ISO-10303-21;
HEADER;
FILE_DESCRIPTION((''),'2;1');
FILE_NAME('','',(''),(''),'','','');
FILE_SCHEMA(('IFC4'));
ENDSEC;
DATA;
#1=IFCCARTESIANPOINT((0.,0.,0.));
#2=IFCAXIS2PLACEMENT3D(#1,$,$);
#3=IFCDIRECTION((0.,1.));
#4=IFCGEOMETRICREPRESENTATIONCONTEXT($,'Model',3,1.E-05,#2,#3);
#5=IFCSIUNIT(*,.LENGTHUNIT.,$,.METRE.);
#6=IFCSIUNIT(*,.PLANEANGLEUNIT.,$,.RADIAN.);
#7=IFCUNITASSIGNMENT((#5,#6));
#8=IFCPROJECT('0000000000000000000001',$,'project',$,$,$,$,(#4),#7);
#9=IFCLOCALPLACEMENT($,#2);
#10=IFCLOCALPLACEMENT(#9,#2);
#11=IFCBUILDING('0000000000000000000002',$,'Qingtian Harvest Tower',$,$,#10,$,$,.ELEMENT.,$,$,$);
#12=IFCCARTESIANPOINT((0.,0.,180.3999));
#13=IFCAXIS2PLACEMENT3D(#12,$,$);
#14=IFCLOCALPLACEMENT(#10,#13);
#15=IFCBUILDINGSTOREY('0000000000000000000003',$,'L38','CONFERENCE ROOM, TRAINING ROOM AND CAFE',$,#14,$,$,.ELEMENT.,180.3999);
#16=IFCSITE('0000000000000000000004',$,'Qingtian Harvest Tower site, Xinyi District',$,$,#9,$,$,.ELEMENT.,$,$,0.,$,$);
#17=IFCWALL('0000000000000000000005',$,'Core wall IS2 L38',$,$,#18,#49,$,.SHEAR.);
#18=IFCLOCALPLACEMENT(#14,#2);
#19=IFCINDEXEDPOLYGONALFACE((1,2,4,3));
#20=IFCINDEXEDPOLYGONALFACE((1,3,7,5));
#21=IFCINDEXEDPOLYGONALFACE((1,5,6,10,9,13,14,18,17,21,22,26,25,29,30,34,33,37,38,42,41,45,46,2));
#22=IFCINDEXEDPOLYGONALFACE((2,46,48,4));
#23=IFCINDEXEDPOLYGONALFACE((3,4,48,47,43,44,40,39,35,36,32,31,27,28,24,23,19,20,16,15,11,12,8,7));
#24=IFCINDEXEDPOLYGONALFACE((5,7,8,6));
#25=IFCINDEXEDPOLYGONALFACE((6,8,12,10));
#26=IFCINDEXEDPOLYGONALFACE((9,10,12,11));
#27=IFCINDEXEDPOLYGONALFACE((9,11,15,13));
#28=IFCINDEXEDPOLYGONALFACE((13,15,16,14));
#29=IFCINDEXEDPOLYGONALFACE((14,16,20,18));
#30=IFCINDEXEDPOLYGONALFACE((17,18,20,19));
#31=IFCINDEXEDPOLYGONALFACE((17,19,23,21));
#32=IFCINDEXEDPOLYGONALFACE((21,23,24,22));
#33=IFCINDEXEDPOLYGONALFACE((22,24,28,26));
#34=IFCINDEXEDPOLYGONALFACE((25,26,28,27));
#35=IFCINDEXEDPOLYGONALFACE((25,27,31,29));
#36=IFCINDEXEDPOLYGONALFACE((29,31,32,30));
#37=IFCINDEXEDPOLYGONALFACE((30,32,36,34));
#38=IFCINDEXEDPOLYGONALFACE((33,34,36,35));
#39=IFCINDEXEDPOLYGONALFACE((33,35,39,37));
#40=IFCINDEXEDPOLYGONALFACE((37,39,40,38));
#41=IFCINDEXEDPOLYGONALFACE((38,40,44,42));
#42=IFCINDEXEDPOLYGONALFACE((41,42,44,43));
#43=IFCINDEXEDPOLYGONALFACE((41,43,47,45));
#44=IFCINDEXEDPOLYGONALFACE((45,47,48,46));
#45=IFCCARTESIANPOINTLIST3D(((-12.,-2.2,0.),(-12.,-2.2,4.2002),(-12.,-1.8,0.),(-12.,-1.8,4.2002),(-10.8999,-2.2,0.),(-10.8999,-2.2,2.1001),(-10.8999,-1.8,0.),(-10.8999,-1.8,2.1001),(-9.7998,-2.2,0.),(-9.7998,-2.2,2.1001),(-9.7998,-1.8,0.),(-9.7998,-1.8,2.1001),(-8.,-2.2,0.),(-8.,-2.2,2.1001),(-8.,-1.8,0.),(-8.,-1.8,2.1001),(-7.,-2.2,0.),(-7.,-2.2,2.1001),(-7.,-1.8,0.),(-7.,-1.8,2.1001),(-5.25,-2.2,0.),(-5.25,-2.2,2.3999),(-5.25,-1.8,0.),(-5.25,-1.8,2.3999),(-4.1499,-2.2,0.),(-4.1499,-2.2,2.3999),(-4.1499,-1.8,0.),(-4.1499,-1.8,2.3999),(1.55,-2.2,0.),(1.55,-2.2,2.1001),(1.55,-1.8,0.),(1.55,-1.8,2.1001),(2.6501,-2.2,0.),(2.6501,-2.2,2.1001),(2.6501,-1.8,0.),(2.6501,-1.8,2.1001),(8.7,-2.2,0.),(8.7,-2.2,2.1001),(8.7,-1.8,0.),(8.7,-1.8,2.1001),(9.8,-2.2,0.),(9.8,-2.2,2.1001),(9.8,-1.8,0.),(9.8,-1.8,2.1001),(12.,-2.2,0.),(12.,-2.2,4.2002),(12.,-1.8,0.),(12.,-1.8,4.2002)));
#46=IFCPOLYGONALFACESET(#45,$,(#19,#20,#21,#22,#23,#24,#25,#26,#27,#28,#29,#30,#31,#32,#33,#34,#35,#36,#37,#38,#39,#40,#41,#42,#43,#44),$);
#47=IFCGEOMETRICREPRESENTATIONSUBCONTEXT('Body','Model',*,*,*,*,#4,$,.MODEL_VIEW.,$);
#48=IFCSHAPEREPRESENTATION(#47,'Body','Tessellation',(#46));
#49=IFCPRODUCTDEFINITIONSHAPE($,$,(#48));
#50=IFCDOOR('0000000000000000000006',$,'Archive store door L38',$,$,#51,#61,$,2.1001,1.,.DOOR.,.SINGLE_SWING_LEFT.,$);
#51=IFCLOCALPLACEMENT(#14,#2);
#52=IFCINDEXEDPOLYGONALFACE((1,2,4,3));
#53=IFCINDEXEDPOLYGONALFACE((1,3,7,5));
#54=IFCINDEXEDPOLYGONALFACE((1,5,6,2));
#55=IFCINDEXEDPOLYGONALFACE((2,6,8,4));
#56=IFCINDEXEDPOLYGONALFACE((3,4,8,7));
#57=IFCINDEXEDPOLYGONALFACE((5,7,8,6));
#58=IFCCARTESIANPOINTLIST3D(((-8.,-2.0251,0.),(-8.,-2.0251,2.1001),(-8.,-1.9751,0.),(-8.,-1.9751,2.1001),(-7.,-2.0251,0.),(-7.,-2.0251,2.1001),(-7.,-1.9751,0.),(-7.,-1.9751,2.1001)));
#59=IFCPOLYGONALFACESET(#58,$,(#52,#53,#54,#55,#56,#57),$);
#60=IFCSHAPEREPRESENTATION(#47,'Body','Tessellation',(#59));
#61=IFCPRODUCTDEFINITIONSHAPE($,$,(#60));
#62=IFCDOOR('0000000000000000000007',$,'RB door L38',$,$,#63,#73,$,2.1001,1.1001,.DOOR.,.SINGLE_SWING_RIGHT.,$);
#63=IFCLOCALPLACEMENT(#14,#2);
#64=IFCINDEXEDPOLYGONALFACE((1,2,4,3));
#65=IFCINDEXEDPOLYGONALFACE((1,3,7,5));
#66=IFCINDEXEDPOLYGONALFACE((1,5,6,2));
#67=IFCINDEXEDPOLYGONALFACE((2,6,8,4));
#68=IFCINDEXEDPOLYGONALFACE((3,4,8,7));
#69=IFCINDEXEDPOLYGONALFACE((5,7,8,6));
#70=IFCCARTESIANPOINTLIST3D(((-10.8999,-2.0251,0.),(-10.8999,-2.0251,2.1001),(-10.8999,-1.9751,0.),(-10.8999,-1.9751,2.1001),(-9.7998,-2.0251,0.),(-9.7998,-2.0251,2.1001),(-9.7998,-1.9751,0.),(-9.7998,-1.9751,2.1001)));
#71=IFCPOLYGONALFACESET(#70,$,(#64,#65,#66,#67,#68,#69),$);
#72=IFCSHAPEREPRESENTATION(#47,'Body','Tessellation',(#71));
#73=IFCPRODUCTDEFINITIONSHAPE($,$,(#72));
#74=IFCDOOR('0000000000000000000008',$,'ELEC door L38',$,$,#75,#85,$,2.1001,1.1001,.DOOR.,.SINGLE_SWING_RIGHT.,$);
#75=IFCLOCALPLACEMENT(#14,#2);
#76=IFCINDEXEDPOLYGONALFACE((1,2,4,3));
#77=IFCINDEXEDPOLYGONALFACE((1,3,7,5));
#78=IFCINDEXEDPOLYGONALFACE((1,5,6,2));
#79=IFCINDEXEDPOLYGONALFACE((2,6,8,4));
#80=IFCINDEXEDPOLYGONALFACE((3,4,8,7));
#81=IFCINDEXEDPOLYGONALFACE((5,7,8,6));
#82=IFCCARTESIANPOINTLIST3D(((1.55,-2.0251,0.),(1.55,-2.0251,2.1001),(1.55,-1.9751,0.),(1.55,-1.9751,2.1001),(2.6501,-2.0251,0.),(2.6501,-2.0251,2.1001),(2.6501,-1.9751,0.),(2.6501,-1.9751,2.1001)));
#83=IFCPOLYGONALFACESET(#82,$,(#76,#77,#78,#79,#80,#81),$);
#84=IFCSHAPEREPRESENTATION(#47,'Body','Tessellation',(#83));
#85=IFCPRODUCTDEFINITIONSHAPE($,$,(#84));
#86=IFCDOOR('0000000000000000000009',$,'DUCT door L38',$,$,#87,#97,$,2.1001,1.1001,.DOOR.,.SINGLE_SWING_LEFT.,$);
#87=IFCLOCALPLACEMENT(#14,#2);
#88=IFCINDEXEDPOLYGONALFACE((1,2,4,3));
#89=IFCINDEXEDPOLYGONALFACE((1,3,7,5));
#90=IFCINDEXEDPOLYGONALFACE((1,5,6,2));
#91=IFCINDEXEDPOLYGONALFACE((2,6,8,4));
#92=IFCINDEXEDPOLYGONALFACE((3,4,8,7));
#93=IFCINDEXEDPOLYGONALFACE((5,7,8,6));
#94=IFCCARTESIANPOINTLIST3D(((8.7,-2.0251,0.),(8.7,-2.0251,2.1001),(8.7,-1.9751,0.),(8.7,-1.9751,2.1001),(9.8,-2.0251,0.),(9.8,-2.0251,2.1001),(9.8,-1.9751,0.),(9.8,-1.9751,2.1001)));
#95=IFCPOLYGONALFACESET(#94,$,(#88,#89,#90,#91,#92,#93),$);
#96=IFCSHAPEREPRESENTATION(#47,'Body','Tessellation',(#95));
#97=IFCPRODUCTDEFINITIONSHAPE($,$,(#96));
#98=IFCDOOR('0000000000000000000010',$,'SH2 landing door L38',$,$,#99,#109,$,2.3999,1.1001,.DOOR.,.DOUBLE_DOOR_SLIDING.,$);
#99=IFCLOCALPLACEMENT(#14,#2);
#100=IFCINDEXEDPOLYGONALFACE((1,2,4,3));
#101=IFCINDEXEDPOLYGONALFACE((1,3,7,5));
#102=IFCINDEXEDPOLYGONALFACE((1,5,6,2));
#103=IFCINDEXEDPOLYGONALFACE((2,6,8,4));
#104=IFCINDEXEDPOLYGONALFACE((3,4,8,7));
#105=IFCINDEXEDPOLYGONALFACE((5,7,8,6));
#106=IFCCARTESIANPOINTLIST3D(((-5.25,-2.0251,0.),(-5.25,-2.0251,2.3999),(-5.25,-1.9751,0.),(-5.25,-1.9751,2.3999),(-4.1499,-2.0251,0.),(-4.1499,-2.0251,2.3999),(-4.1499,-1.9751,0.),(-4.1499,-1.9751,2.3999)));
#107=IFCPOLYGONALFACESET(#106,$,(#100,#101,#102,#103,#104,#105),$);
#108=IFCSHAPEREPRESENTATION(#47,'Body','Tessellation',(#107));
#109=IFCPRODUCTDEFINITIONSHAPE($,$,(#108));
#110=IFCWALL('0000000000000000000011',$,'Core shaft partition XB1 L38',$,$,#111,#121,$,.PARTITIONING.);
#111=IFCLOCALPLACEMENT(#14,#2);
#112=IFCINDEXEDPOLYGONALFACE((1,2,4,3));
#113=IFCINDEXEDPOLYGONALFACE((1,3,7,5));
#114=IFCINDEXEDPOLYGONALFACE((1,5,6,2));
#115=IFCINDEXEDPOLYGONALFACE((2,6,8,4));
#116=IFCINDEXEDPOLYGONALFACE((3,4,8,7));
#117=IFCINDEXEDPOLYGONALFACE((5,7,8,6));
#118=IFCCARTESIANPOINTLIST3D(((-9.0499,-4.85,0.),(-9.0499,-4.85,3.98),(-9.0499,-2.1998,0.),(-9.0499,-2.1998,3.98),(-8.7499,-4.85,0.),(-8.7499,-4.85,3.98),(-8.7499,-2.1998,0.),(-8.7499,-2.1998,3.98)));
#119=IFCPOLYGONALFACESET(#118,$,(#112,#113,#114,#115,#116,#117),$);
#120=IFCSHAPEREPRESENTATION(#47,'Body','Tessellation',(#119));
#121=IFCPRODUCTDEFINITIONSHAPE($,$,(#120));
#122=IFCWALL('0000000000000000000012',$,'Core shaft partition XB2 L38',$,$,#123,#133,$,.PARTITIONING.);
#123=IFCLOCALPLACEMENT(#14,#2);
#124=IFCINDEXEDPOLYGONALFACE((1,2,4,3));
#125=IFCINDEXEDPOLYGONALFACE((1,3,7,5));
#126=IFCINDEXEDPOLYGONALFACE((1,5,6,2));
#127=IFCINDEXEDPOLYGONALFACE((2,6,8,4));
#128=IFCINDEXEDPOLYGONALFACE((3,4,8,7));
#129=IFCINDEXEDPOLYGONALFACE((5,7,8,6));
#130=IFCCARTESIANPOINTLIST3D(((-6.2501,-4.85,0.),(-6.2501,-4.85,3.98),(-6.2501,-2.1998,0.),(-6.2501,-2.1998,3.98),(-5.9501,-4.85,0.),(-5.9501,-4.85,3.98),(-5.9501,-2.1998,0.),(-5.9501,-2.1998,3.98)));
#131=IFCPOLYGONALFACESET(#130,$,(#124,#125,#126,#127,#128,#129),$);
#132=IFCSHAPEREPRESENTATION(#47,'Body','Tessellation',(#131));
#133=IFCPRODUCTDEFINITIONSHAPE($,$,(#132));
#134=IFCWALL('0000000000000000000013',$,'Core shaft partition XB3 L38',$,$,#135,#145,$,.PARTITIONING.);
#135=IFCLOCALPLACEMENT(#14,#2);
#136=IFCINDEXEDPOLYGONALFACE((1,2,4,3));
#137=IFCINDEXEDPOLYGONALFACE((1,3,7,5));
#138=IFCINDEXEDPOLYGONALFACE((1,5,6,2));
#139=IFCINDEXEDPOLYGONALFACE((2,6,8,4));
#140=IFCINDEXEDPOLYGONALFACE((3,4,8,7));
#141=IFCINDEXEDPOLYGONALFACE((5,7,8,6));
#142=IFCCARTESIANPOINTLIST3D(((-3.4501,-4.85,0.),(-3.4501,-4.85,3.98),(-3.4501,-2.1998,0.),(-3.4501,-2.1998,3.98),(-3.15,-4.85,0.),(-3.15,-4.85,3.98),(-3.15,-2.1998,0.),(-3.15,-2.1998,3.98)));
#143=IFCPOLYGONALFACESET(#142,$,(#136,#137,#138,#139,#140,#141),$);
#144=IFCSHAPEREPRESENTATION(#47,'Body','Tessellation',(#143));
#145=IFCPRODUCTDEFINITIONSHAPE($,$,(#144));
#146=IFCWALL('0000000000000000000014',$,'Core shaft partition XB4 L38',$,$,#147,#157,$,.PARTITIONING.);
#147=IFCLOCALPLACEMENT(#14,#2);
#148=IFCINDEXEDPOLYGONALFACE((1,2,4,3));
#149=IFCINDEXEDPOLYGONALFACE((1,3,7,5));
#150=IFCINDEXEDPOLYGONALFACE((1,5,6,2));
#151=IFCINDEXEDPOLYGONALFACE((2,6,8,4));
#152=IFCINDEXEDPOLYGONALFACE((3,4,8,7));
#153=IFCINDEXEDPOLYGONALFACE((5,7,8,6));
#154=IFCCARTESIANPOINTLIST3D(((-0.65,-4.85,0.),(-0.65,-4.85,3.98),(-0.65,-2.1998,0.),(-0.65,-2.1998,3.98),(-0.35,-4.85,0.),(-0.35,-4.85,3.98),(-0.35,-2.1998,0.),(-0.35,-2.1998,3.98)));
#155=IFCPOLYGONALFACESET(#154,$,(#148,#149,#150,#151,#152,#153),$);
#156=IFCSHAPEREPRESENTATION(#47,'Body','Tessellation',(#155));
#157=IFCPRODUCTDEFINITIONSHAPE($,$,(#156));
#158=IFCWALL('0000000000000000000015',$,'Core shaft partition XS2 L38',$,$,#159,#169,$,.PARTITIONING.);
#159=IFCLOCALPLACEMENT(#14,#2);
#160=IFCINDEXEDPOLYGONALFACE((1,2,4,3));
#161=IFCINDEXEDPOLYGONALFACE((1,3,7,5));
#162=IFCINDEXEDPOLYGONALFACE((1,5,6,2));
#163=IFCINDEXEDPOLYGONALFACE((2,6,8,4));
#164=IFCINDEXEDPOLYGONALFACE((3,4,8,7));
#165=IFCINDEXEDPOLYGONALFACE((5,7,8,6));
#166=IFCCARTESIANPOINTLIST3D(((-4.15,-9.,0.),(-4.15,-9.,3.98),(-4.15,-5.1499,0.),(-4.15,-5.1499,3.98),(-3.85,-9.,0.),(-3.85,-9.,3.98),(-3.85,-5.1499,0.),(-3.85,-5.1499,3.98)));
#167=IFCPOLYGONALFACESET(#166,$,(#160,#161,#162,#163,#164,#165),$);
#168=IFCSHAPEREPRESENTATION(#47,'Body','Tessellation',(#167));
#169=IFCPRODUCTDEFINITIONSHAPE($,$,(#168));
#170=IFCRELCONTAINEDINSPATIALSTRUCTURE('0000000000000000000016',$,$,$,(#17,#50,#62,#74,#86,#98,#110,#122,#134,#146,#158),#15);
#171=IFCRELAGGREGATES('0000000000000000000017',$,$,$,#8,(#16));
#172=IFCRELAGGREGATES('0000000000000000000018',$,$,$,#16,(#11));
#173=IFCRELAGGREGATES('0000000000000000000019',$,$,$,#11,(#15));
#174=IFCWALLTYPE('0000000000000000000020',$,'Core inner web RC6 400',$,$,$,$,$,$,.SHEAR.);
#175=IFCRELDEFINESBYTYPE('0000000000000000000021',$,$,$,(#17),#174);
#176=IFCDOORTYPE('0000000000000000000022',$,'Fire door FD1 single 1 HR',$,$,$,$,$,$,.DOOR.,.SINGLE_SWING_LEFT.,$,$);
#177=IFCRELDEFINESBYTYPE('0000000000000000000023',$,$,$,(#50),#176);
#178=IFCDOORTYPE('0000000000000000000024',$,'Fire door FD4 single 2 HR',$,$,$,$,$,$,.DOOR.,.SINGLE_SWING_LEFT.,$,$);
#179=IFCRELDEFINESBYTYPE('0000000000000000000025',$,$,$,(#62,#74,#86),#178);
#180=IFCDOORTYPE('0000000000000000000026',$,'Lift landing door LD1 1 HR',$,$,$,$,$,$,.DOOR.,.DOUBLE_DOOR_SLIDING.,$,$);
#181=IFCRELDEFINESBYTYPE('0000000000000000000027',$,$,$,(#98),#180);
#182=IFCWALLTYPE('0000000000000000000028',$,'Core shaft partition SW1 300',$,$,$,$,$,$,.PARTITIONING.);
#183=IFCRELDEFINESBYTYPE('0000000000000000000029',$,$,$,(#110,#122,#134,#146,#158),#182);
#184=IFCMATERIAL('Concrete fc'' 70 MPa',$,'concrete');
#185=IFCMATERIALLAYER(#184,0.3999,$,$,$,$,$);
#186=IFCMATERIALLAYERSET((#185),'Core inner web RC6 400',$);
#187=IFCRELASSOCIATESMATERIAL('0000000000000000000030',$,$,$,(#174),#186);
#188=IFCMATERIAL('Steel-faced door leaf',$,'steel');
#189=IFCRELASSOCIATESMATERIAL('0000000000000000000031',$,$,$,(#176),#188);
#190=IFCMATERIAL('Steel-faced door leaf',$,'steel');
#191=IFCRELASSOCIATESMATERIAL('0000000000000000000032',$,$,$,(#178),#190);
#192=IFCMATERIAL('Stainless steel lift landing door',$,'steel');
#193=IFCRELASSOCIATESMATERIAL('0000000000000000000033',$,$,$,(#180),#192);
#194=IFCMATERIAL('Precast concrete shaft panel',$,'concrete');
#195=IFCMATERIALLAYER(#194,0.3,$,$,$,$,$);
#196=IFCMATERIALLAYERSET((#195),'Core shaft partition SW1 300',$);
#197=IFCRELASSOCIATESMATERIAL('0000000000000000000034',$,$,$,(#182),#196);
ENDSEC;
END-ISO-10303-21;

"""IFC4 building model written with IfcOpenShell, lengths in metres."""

from ifc_helpers import new_model, si_unit, direction, frame, frame_2d, origin, place, context, subcontext, project, spatial, rectangle, extrude, material, layer, layer_set, type_object, element, fill, save


model = new_model("IFC4")

# Units and contexts
model_context = context("Model", 3, precision=1e-05, world=origin(), true_north=direction((0.0, 1.0)))
body_context = subcontext(model_context, "Body", "Model", "MODEL_VIEW")
ifc_project = project(units=[si_unit("LENGTHUNIT", "METRE"), si_unit("PLANEANGLEUNIT", "RADIAN")], contexts=[model_context])

# Site, building, storey
site_placement = place(None, origin())
site = spatial("IfcSite", under=ifc_project, at=site_placement, Name="Qingtian Harvest Tower site, Xinyi District", CompositionType="ELEMENT", RefElevation=0.0)
building_placement = place(site_placement, origin())
building = spatial("IfcBuilding", under=site, at=building_placement, Name="Qingtian Harvest Tower", CompositionType="ELEMENT")
storey_placement = place(building_placement, frame((0.0, 0.0, 180.3999)))
storey = spatial("IfcBuildingStorey", under=building, at=storey_placement, Name="L38", Description="CONFERENCE ROOM, TRAINING ROOM AND CAFE", CompositionType="ELEMENT", Elevation=180.3999)

# Wall, openings, doors
ifc_material_1 = material(Name="Concrete fc' 70 MPa", Category="concrete")
ifc_layer_1 = layer(ifc_material_1, 0.3999)
ifc_layer_set_1 = layer_set([ifc_layer_1], Name="Core inner web RC6 400")
wall_type_1 = type_object("IfcWallType", Name="Core inner web RC6 400", PredefinedType="SHEAR", material=ifc_layer_set_1)
wall_1_placement = place(storey_placement, frame((-12.0, -2.0, 0.0), z_axis=(0.0, 0.0, 1.0), x_axis=(1.0, 0.0, 0.0)))
wall_1 = element("IfcWall", 1, at=wall_1_placement, inside=storey, type_object=wall_type_1, Name="Core wall IS2 L38", PredefinedType="SHEAR", context=body_context, shape_type="SweptSolid", body=[
    extrude(rectangle(XDim=24.0, YDim=0.3999, at=frame_2d((12.0, 0.0))), origin(), (0.0, 0.0, 1.0), 4.2002),
])
opening_1_placement = place(wall_1_placement, frame((1.1001, 0.0, 0.0)))
opening_1 = element("IfcOpeningElement", 2, at=opening_1_placement, cuts=wall_1, PredefinedType="OPENING", context=body_context, shape_type="SweptSolid", body=[
    extrude(rectangle(XDim=1.1001, YDim=2.1001, at=frame_2d((0.55, 1.05))), frame((0.0, 0.21, 0.0), z_axis=(0.0, -1.0, 0.0), x_axis=(1.0, 0.0, 0.0)), (0.0, 0.0, 1.0), 0.4199),
])
opening_2_placement = place(wall_1_placement, frame((13.55, 0.0, 0.0)))
opening_2 = element("IfcOpeningElement", 3, at=opening_2_placement, cuts=wall_1, PredefinedType="OPENING", context=body_context, shape_type="SweptSolid", body=[
    extrude(rectangle(XDim=1.1001, YDim=2.1001, at=frame_2d((0.55, 1.05))), frame((0.0, 0.21, 0.0), z_axis=(0.0, -1.0, 0.0), x_axis=(1.0, 0.0, 0.0)), (0.0, 0.0, 1.0), 0.4199),
])
opening_3_placement = place(wall_1_placement, frame((20.7, 0.0, 0.0)))
opening_3 = element("IfcOpeningElement", 4, at=opening_3_placement, cuts=wall_1, PredefinedType="OPENING", context=body_context, shape_type="SweptSolid", body=[
    extrude(rectangle(XDim=1.1001, YDim=2.1001, at=frame_2d((0.55, 1.05))), frame((0.0, 0.21, 0.0), z_axis=(0.0, -1.0, 0.0), x_axis=(1.0, 0.0, 0.0)), (0.0, 0.0, 1.0), 0.4199),
])
opening_4_placement = place(wall_1_placement, frame((4.0, 0.0, 0.0)))
opening_4 = element("IfcOpeningElement", 5, at=opening_4_placement, cuts=wall_1, PredefinedType="OPENING", context=body_context, shape_type="SweptSolid", body=[
    extrude(rectangle(XDim=1.0, YDim=2.1001, at=frame_2d((0.5, 1.05))), frame((0.0, 0.21, 0.0), z_axis=(0.0, -1.0, 0.0), x_axis=(1.0, 0.0, 0.0)), (0.0, 0.0, 1.0), 0.4199),
])
opening_5_placement = place(wall_1_placement, frame((6.75, 0.0, 0.0)))
opening_5 = element("IfcOpeningElement", 6, at=opening_5_placement, cuts=wall_1, PredefinedType="OPENING", context=body_context, shape_type="SweptSolid", body=[
    extrude(rectangle(XDim=1.1001, YDim=2.3999, at=frame_2d((0.55, 1.2))), frame((0.0, 0.21, 0.0), z_axis=(0.0, -1.0, 0.0), x_axis=(1.0, 0.0, 0.0)), (0.0, 0.0, 1.0), 0.4199),
])
ifc_material_2 = material(Name="Steel-faced door leaf", Category="steel")
door_type_1 = type_object("IfcDoorType", Name="Fire door FD1 single 1 HR", OperationType="SINGLE_SWING_LEFT", PredefinedType="DOOR", material=ifc_material_2)
door_1_placement = place(opening_4_placement, origin())
door_1 = element("IfcDoor", 7, at=door_1_placement, inside=storey, type_object=door_type_1, Name="Archive store door L38", OperationType="SINGLE_SWING_LEFT", OverallHeight=2.1001, OverallWidth=1.0, PredefinedType="DOOR", context=body_context, shape_type="SweptSolid", body=[
    extrude(rectangle(XDim=1.0, YDim=2.1001, at=frame_2d((0.5, 1.05))), frame((0.0, 0.0249, 0.0), z_axis=(0.0, -1.0, 0.0), x_axis=(1.0, 0.0, 0.0)), (0.0, 0.0, 1.0), 0.05),
])
fill(opening_4, door_1)
ifc_material_3 = material(Name="Steel-faced door leaf", Category="steel")
door_type_2 = type_object("IfcDoorType", Name="Fire door FD4 single 2 HR", OperationType="SINGLE_SWING_LEFT", PredefinedType="DOOR", material=ifc_material_3)
door_2_placement = place(opening_1_placement, origin())
door_2 = element("IfcDoor", 8, at=door_2_placement, inside=storey, type_object=door_type_2, Name="RB door L38", OperationType="SINGLE_SWING_RIGHT", OverallHeight=2.1001, OverallWidth=1.1001, PredefinedType="DOOR", context=body_context, shape_type="SweptSolid", body=[
    extrude(rectangle(XDim=1.1001, YDim=2.1001, at=frame_2d((0.55, 1.05))), frame((0.0, 0.0249, 0.0), z_axis=(0.0, -1.0, 0.0), x_axis=(1.0, 0.0, 0.0)), (0.0, 0.0, 1.0), 0.05),
])
fill(opening_1, door_2)
door_3_placement = place(opening_2_placement, origin())
door_3 = element("IfcDoor", 9, at=door_3_placement, inside=storey, type_object=door_type_2, Name="ELEC door L38", OperationType="SINGLE_SWING_RIGHT", OverallHeight=2.1001, OverallWidth=1.1001, PredefinedType="DOOR", context=body_context, shape_type="SweptSolid", body=[
    extrude(rectangle(XDim=1.1001, YDim=2.1001, at=frame_2d((0.55, 1.05))), frame((0.0, 0.0249, 0.0), z_axis=(0.0, -1.0, 0.0), x_axis=(1.0, 0.0, 0.0)), (0.0, 0.0, 1.0), 0.05),
])
fill(opening_2, door_3)
door_4_placement = place(opening_3_placement, origin())
door_4 = element("IfcDoor", 10, at=door_4_placement, inside=storey, type_object=door_type_2, Name="DUCT door L38", OperationType="SINGLE_SWING_LEFT", OverallHeight=2.1001, OverallWidth=1.1001, PredefinedType="DOOR", context=body_context, shape_type="SweptSolid", body=[
    extrude(rectangle(XDim=1.1001, YDim=2.1001, at=frame_2d((0.55, 1.05))), frame((0.0, 0.0249, 0.0), z_axis=(0.0, -1.0, 0.0), x_axis=(1.0, 0.0, 0.0)), (0.0, 0.0, 1.0), 0.05),
])
fill(opening_3, door_4)
ifc_material_4 = material(Name="Stainless steel lift landing door", Category="steel")
door_type_3 = type_object("IfcDoorType", Name="Lift landing door LD1 1 HR", OperationType="DOUBLE_DOOR_SLIDING", PredefinedType="DOOR", material=ifc_material_4)
door_5_placement = place(opening_5_placement, origin())
door_5 = element("IfcDoor", 11, at=door_5_placement, inside=storey, type_object=door_type_3, Name="SH2 landing door L38", OperationType="DOUBLE_DOOR_SLIDING", OverallHeight=2.3999, OverallWidth=1.1001, PredefinedType="DOOR", context=body_context, shape_type="SweptSolid", body=[
    extrude(rectangle(XDim=1.1001, YDim=2.3999, at=frame_2d((0.55, 1.2))), frame((0.0, 0.0249, 0.0), z_axis=(0.0, -1.0, 0.0), x_axis=(1.0, 0.0, 0.0)), (0.0, 0.0, 1.0), 0.05),
])
fill(opening_5, door_5)

# Walls
ifc_material_5 = material(Name="Precast concrete shaft panel", Category="concrete")
ifc_layer_2 = layer(ifc_material_5, 0.3)
ifc_layer_set_2 = layer_set([ifc_layer_2], Name="Core shaft partition SW1 300")
wall_type_2 = type_object("IfcWallType", Name="Core shaft partition SW1 300", PredefinedType="PARTITIONING", material=ifc_layer_set_2)
for number, where, z_axis, x_axis, name in (
    (12, (-8.8999, -4.8501, 0.0), (0.0, 0.0, 1.0), (0.0, 1.0, 0.0), "Core shaft partition XB1 L38"),
    (13, (-6.1001, -4.8501, 0.0), (0.0, 0.0, 1.0), (0.0, 1.0, 0.0), "Core shaft partition XB2 L38"),
    (14, (-3.3, -4.8501, 0.0), (0.0, 0.0, 1.0), (0.0, 1.0, 0.0), "Core shaft partition XB3 L38"),
    (15, (-0.5, -4.8501, 0.0), (0.0, 0.0, 1.0), (0.0, 1.0, 0.0), "Core shaft partition XB4 L38"),
):
    element("IfcWall", number, at=place(storey_placement, frame(where, z_axis=z_axis, x_axis=x_axis)), inside=storey, type_object=wall_type_2, Name=name, PredefinedType="PARTITIONING", context=body_context, shape_type="SweptSolid", body=[
        extrude(rectangle(XDim=2.6501, YDim=0.3, at=frame_2d((1.3252, 0.0))), origin(), (0.0, 0.0, 1.0), 3.98),
    ])
wall_2_placement = place(storey_placement, frame((-4.0, -9.0, 0.0), z_axis=(0.0, 0.0, 1.0), x_axis=(0.0, 1.0, 0.0)))
element("IfcWall", 16, at=wall_2_placement, inside=storey, type_object=wall_type_2, Name="Core shaft partition XS2 L38", PredefinedType="PARTITIONING", context=body_context, shape_type="SweptSolid", body=[
    extrude(rectangle(XDim=3.8501, YDim=0.3, at=frame_2d((1.925, 0.0))), origin(), (0.0, 0.0, 1.0), 3.98),
])

save(model, "model.ifc")
